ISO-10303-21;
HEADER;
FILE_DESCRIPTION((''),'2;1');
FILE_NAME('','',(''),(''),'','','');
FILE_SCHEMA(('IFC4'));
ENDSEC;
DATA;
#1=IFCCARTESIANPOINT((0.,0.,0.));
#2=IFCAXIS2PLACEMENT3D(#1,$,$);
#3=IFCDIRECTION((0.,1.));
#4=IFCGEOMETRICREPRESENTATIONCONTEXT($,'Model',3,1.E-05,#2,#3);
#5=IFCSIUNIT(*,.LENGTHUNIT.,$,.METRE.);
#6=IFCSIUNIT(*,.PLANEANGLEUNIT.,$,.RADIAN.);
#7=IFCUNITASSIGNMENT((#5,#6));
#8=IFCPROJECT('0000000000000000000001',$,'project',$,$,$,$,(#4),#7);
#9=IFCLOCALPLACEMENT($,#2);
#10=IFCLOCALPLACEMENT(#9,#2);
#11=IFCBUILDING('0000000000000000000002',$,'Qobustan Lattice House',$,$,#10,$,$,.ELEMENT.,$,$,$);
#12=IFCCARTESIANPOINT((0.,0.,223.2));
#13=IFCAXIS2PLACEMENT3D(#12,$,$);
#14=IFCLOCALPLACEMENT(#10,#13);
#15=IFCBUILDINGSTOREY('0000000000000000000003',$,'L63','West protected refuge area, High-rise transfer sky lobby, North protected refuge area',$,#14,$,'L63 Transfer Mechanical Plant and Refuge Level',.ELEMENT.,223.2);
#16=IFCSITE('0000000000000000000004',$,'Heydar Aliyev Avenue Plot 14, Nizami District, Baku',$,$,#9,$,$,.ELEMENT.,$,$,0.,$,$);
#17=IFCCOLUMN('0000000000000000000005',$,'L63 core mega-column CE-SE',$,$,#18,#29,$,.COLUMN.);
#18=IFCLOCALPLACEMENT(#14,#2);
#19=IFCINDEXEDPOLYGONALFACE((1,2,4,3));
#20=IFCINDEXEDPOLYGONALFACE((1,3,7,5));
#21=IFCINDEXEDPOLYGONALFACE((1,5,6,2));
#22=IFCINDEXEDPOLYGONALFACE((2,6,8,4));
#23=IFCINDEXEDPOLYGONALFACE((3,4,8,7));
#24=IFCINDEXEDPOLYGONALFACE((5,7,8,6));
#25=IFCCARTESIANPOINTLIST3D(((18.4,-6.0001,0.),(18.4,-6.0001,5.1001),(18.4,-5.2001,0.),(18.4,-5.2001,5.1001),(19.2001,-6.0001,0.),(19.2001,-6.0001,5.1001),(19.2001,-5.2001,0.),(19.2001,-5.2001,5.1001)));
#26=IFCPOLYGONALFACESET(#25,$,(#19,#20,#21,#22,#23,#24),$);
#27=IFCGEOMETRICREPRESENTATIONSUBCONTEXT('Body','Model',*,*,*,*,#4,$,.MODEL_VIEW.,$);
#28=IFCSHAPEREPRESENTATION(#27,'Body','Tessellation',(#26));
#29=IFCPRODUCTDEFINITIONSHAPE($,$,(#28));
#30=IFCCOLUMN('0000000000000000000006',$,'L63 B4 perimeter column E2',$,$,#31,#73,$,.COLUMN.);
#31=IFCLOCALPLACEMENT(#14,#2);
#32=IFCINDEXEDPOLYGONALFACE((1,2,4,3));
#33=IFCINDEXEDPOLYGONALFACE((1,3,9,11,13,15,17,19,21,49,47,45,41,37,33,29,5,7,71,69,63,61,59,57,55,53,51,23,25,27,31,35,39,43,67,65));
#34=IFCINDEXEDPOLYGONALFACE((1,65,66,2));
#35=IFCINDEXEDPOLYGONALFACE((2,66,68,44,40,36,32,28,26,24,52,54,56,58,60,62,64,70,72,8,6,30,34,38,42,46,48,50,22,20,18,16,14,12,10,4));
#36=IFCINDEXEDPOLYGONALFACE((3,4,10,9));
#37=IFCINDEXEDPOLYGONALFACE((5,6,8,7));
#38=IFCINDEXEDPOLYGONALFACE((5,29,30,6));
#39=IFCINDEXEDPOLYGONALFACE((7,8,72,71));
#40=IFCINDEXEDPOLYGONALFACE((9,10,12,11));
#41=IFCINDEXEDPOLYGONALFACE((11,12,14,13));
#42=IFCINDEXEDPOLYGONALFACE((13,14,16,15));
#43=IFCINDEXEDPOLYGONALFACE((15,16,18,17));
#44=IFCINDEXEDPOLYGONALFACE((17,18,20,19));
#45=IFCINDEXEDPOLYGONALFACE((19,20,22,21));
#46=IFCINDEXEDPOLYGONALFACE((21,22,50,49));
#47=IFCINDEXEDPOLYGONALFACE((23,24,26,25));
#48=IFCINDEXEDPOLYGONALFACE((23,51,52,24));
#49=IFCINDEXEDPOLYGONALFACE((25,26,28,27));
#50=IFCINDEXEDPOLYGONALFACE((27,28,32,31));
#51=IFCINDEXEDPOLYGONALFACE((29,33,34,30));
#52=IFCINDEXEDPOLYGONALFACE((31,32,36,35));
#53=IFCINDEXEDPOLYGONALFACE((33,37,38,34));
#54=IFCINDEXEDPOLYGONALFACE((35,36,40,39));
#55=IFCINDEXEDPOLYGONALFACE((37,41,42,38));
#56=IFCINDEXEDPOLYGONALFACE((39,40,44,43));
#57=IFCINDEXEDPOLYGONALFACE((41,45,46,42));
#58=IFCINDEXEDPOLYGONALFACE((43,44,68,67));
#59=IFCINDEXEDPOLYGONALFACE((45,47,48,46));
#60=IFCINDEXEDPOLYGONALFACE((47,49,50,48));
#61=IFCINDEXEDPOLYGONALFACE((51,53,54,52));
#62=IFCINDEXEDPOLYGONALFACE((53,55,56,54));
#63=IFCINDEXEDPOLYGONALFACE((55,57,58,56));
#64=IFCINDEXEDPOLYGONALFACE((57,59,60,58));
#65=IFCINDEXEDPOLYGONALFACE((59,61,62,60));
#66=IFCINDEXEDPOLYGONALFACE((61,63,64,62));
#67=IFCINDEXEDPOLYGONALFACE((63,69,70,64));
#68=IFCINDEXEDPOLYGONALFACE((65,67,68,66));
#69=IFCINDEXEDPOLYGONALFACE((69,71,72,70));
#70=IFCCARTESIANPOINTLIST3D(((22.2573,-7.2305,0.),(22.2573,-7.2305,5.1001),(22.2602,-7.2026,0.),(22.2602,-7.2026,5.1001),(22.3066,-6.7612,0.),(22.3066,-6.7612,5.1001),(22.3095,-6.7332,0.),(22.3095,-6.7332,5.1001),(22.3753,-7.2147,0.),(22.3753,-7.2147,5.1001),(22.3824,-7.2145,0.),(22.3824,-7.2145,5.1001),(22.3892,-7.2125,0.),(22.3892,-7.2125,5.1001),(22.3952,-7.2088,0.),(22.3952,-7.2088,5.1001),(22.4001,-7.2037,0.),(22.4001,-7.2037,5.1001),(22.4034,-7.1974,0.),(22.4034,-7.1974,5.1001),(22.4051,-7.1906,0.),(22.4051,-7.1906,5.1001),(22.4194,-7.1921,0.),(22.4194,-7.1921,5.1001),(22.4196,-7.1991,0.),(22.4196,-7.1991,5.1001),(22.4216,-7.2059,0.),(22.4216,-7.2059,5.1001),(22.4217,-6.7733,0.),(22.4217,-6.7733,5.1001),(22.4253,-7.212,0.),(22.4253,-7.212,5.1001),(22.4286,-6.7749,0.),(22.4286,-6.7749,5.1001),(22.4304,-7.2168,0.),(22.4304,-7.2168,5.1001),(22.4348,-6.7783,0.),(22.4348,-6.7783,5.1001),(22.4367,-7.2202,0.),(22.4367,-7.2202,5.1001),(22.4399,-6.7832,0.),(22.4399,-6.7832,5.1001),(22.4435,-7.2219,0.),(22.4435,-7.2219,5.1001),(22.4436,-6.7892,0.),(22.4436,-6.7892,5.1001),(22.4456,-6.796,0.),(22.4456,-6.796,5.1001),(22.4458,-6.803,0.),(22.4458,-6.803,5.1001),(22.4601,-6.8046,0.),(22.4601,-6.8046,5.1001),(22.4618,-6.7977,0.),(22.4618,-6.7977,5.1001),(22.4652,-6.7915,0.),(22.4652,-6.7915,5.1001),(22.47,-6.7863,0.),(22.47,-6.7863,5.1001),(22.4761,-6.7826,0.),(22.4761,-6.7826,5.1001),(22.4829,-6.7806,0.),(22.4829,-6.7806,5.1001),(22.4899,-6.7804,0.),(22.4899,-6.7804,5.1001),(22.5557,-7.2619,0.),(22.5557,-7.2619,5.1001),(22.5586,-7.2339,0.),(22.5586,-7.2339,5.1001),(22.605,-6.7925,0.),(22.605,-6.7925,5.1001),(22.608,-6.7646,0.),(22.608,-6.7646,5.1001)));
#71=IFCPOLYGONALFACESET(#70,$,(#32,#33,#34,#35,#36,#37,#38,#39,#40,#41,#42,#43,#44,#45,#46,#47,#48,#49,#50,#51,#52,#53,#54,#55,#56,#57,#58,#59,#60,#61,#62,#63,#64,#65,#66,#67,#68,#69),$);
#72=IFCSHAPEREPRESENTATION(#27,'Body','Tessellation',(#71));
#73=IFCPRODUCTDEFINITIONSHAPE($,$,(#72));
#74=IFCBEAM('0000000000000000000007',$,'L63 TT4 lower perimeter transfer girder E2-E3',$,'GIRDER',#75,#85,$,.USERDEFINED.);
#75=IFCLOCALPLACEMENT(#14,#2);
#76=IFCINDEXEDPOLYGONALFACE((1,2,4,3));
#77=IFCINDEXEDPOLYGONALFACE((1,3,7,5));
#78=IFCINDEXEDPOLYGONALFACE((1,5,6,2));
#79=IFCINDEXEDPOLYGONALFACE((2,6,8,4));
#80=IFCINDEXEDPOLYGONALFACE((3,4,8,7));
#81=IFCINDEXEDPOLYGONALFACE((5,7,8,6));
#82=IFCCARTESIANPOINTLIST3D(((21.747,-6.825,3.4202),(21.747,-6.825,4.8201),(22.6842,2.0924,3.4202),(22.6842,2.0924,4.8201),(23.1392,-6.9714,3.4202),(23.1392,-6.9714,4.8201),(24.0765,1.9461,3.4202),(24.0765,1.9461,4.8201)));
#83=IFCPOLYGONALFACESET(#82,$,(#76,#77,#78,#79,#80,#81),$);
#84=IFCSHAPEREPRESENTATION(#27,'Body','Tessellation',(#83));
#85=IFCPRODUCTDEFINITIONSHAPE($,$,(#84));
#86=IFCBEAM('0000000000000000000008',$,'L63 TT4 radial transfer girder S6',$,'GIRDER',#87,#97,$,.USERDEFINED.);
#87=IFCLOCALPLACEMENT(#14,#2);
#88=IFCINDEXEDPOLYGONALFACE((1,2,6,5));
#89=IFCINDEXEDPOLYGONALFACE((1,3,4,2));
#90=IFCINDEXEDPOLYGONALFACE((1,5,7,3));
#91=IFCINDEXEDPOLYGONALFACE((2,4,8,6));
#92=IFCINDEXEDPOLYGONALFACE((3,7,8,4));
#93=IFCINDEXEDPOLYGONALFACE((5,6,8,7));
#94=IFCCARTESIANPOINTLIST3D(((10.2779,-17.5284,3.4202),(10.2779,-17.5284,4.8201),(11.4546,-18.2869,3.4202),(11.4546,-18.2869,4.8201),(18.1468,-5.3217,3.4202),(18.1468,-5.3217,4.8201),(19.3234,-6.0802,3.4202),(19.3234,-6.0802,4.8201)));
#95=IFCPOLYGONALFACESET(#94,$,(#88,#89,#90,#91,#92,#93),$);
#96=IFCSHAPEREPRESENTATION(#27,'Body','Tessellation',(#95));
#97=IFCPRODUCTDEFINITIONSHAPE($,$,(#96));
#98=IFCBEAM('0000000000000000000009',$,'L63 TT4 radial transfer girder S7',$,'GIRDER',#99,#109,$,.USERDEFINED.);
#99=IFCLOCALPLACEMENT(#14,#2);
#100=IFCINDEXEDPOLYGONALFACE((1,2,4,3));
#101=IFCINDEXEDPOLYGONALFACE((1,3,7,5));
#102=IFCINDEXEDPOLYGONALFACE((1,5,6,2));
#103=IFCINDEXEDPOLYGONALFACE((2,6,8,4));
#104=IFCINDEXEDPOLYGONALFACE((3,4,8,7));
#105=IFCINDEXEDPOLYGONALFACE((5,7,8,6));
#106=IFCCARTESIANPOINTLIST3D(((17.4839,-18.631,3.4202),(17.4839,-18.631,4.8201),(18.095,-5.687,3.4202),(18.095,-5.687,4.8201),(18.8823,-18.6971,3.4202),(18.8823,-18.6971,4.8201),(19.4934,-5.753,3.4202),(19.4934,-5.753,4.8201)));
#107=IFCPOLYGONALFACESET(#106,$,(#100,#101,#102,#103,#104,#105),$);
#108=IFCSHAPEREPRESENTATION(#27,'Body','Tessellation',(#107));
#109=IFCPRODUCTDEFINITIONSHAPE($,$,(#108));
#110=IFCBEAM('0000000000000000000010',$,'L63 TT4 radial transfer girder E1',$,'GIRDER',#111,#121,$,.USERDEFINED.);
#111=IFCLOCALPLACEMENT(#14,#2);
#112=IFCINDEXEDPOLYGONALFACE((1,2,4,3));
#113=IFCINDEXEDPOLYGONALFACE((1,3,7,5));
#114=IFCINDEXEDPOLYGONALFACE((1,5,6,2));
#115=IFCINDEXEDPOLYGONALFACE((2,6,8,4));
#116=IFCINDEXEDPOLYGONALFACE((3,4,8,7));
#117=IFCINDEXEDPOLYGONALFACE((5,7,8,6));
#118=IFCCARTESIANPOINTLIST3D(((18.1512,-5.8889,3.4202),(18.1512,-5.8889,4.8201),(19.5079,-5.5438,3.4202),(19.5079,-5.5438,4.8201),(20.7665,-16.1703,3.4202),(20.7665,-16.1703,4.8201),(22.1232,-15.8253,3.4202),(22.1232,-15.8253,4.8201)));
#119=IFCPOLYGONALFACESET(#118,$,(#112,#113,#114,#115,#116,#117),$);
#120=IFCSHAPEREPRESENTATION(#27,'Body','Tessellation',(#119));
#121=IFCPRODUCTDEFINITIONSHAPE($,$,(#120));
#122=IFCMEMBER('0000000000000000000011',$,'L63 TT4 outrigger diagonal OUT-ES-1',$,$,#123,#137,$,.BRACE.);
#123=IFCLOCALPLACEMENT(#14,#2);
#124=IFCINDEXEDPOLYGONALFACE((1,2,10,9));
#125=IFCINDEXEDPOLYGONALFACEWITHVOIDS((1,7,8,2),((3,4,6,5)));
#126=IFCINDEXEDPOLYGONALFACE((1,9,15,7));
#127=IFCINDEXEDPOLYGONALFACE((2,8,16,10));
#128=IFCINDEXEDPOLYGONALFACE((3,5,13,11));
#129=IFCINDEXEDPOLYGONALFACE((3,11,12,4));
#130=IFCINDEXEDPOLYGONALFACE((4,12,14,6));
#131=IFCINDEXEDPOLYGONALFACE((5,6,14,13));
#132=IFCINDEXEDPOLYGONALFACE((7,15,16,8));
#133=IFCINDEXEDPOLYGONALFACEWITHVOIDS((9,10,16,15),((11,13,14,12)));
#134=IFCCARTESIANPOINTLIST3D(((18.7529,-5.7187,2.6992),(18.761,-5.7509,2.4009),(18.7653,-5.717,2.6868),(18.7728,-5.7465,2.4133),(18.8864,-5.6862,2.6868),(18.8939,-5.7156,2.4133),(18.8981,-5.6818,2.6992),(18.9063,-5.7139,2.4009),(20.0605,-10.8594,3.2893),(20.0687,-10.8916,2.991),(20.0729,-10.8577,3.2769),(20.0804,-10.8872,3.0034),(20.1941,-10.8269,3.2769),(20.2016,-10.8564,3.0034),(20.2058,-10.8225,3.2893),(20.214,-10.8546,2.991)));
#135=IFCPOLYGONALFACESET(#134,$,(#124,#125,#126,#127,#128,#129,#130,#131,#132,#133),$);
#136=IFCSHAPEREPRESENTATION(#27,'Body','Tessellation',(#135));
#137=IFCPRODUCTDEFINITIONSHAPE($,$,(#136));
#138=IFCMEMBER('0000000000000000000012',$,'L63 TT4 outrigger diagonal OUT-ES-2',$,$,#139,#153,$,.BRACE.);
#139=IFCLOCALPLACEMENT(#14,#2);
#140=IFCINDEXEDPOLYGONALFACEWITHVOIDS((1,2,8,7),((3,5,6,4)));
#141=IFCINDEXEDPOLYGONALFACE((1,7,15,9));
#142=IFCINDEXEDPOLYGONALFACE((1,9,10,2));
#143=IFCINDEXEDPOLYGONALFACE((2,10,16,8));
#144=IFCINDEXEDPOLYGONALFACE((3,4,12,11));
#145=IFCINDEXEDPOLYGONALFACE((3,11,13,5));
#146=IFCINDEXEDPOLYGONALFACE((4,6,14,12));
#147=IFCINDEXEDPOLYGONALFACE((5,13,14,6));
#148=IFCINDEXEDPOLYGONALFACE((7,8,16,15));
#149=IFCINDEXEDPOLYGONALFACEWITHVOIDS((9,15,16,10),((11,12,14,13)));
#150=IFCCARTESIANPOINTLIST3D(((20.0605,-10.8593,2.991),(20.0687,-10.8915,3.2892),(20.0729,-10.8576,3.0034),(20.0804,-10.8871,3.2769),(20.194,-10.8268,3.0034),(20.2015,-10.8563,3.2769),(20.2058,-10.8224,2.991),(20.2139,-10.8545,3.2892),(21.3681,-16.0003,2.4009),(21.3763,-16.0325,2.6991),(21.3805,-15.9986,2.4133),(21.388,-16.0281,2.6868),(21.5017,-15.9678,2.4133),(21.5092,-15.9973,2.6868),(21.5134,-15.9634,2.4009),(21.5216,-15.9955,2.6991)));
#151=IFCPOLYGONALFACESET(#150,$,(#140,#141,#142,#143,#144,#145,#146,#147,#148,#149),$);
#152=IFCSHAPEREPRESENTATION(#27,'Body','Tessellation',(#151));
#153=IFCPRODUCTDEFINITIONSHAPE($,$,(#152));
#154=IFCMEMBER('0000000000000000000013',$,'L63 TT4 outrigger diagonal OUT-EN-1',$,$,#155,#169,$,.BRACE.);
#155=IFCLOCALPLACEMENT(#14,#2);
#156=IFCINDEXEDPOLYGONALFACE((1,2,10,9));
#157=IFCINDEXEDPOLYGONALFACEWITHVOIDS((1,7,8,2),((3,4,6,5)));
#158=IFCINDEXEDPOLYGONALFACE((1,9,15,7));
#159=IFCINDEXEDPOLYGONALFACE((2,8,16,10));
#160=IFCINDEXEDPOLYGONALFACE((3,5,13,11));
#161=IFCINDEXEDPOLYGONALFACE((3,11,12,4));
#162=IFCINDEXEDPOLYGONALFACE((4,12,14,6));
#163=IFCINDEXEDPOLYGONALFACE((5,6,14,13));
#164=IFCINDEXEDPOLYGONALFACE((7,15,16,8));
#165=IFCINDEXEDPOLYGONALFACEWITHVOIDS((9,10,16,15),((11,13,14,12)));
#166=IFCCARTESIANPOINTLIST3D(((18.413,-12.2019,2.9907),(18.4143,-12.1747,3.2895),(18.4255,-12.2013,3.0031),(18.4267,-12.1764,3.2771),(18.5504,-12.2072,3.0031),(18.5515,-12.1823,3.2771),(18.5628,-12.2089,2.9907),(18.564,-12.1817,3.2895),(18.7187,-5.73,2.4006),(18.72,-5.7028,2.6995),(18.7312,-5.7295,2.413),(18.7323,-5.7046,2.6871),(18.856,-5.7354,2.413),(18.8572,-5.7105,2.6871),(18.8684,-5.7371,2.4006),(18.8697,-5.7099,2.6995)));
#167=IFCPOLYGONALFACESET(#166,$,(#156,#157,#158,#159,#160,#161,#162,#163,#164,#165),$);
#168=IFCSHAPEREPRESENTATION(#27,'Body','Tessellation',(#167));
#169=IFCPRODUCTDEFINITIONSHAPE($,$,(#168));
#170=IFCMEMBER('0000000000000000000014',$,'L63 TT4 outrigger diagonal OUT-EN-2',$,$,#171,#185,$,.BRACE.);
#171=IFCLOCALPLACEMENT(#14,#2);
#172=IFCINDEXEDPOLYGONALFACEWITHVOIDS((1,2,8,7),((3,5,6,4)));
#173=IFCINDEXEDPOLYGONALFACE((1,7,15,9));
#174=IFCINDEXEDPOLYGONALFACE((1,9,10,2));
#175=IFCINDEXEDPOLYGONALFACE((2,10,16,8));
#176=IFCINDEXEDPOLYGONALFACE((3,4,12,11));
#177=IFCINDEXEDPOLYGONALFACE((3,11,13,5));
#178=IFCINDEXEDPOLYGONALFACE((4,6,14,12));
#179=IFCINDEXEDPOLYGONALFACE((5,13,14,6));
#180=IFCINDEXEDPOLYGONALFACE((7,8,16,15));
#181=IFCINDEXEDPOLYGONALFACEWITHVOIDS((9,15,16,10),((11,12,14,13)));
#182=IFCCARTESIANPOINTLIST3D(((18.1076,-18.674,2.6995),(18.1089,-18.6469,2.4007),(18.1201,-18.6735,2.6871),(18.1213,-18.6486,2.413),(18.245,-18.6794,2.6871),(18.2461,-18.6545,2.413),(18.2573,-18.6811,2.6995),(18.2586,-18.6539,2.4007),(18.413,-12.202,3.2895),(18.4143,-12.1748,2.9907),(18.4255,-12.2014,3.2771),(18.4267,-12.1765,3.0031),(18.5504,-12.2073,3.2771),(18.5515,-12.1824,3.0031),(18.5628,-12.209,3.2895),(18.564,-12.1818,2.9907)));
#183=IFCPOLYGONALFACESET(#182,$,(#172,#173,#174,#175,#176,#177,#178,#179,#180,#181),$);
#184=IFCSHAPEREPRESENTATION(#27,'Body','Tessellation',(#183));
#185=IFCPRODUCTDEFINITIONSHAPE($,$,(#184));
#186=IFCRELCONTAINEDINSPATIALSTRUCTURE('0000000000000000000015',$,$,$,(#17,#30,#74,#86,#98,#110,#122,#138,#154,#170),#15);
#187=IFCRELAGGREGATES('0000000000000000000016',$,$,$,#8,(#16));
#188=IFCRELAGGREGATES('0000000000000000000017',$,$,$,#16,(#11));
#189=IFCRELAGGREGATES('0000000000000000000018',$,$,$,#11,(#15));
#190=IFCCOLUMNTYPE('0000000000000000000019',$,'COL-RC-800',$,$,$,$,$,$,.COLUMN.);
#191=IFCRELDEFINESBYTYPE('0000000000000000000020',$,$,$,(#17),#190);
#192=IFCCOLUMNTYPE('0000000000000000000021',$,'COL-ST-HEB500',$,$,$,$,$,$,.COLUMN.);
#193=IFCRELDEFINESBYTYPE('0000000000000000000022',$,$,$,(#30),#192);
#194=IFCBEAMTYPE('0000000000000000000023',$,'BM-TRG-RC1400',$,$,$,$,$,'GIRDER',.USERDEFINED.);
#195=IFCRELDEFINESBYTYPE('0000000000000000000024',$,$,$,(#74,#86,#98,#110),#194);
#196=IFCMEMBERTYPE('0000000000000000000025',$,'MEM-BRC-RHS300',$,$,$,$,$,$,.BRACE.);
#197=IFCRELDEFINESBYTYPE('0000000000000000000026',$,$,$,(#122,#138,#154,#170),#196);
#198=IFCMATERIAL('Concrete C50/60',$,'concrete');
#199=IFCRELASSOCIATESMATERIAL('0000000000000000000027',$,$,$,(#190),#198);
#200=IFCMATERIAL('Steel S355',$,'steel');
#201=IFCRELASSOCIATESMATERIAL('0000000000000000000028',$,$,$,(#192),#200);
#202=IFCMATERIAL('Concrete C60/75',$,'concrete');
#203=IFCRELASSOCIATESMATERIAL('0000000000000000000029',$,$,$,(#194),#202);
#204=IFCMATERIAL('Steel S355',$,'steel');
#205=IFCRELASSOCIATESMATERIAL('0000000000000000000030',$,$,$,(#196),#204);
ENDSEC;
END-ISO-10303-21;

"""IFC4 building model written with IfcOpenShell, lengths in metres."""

from ifc_helpers import new_model, si_unit, direction, frame, origin, origin_2d, place, context, subcontext, project, spatial, rectangle, hollow_rectangle, i_section, extrude, material, material_profile, profile_set, type_object, element, save


model = new_model("IFC4")

# Units and contexts
model_context = context("Model", 3, precision=1e-05, world=origin(), true_north=direction((0.0, 1.0)))
body_context = subcontext(model_context, "Body", "Model", "MODEL_VIEW")
ifc_project = project(units=[si_unit("LENGTHUNIT", "METRE"), si_unit("PLANEANGLEUNIT", "RADIAN")], contexts=[model_context])

# Site, building, storey
site_placement = place(None, origin())
site = spatial("IfcSite", under=ifc_project, at=site_placement, Name="Heydar Aliyev Avenue Plot 14, Nizami District, Baku", CompositionType="ELEMENT", RefElevation=0.0)
building_placement = place(site_placement, origin())
building = spatial("IfcBuilding", under=site, at=building_placement, Name="Qobustan Lattice House", CompositionType="ELEMENT")
storey_placement = place(building_placement, frame((0.0, 0.0, 223.2)))
storey = spatial("IfcBuildingStorey", under=building, at=storey_placement, Name="L63", Description="West protected refuge area, High-rise transfer sky lobby, North protected refuge area", LongName="L63 Transfer Mechanical Plant and Refuge Level", CompositionType="ELEMENT", Elevation=223.2)

# Columns
ifc_material_1 = material(Name="Concrete C50/60", Category="concrete")
ifc_material_profile_1 = material_profile(ifc_material_1, rectangle(XDim=0.8, YDim=0.8, at=origin_2d()), Name="RC800x800")
ifc_profile_set_1 = profile_set([ifc_material_profile_1], Name="Concrete C50/60")
column_type_1 = type_object("IfcColumnType", Name="COL-RC-800", PredefinedType="COLUMN", material=ifc_profile_set_1)
column_1_placement = place(storey_placement, frame((18.8, -5.6001, 0.0), z_axis=(0.0, 0.0, 1.0), x_axis=(1.0, 0.0, 0.0)))
element("IfcColumn", 1, at=column_1_placement, inside=storey, type_object=column_type_1, Name="L63 core mega-column CE-SE", PredefinedType="COLUMN", context=body_context, shape_type="SweptSolid", body=[
    extrude(rectangle(XDim=0.8, YDim=0.8, at=origin_2d()), origin(), (0.0, 0.0, 1.0), 5.1001),
])
ifc_material_2 = material(Name="Steel S355", Category="steel")
ifc_material_profile_2 = material_profile(ifc_material_2, i_section(OverallWidth=0.3, OverallDepth=0.5, WebThickness=0.0144, FlangeThickness=0.0281, FilletRadius=0.0271, at=origin_2d()), Name="HEB500")
ifc_profile_set_2 = profile_set([ifc_material_profile_2], Name="Steel S355")
column_type_2 = type_object("IfcColumnType", Name="COL-ST-HEB500", PredefinedType="COLUMN", material=ifc_profile_set_2)
column_2_placement = place(storey_placement, frame((22.4326, -6.9976, 0.0), z_axis=(0.0, 0.0, 1.0), x_axis=(0.994522, -0.104528, 0.0)))
element("IfcColumn", 2, at=column_2_placement, inside=storey, type_object=column_type_2, Name="L63 B4 perimeter column E2", PredefinedType="COLUMN", context=body_context, shape_type="SweptSolid", body=[
    extrude(i_section(OverallWidth=0.3, OverallDepth=0.5, WebThickness=0.0144, FlangeThickness=0.0281, FilletRadius=0.0271, at=origin_2d()), origin(), (0.0, 0.0, 1.0), 5.1001),
])

# Beams
ifc_material_3 = material(Name="Concrete C60/75", Category="concrete")
ifc_material_profile_3 = material_profile(ifc_material_3, rectangle(XDim=1.3999, YDim=1.3999, at=origin_2d()), Name="RC1400x1400")
ifc_profile_set_3 = profile_set([ifc_material_profile_3], Name="Concrete C60/75")
beam_type = type_object("IfcBeamType", Name="BM-TRG-RC1400", ElementType="GIRDER", PredefinedType="USERDEFINED", material=ifc_profile_set_3)
beam_1_placement = place(storey_placement, frame((22.4431, -6.8982, 4.1201), z_axis=(0.104527, 0.994522, 0.0), x_axis=(-0.994522, 0.104527, 0.0)))
element("IfcBeam", 3, at=beam_1_placement, inside=storey, type_object=beam_type, Name="L63 TT4 lower perimeter transfer girder E2-E3", ObjectType="GIRDER", PredefinedType="USERDEFINED", context=body_context, shape_type="SweptSolid", body=[
    extrude(rectangle(XDim=1.3999, YDim=1.3999, at=origin_2d()), origin(), (0.0, 0.0, 1.0), 8.9666),
])
beam_2_placement = place(storey_placement, frame((18.7351, -5.7009, 4.1201), z_axis=(-0.541813, -0.840499, 0.0), x_axis=(0.840499, -0.541813, 0.0)))
element("IfcBeam", 4, at=beam_2_placement, inside=storey, type_object=beam_type, Name="L63 TT4 radial transfer girder S6", ObjectType="GIRDER", PredefinedType="USERDEFINED", context=body_context, shape_type="SweptSolid", body=[
    extrude(rectangle(XDim=1.3999, YDim=1.3999, at=origin_2d()), origin(), (0.0, 0.0, 1.0), 14.5232),
])
beam_3_placement = place(storey_placement, frame((18.7942, -5.72, 4.1201), z_axis=(-0.047157, -0.998887, 0.0), x_axis=(0.998887, -0.047157, 0.0)))
element("IfcBeam", 5, at=beam_3_placement, inside=storey, type_object=beam_type, Name="L63 TT4 radial transfer girder S7", ObjectType="GIRDER", PredefinedType="USERDEFINED", context=body_context, shape_type="SweptSolid", body=[
    extrude(rectangle(XDim=1.3999, YDim=1.3999, at=origin_2d()), origin(), (0.0, 0.0, 1.0), 12.9585),
])
beam_4_placement = place(storey_placement, frame((18.8296, -5.7163, 4.1201), z_axis=(0.246513, -0.969139, 0.0), x_axis=(0.969139, 0.246513, 0.0)))
element("IfcBeam", 6, at=beam_4_placement, inside=storey, type_object=beam_type, Name="L63 TT4 radial transfer girder E1", ObjectType="GIRDER", PredefinedType="USERDEFINED", context=body_context, shape_type="SweptSolid", body=[
    extrude(rectangle(XDim=1.3999, YDim=1.3999, at=origin_2d()), origin(), (0.0, 0.0, 1.0), 10.6089),
])

# Members
ifc_material_4 = material(Name="Steel S355", Category="steel")
ifc_material_profile_4 = material_profile(ifc_material_4, hollow_rectangle(XDim=0.1499, YDim=0.3, WallThickness=0.0125, at=origin_2d()), Name="RHS300x150x12.5")
ifc_profile_set_4 = profile_set([ifc_material_profile_4], Name="Steel S355")
member_type_1 = type_object("IfcMemberType", Name="MEM-BRC-RHS300", PredefinedType="BRACE", material=ifc_profile_set_4)
member_1_placement = place(storey_placement, frame((18.8296, -5.7163, 2.55), z_axis=(0.245008, -0.963196, 0.110564), x_axis=(0.969138, 0.246519, 0.0)))
element("IfcMember", 7, at=member_1_placement, inside=storey, type_object=member_type_1, Name="L63 TT4 outrigger diagonal OUT-ES-1", PredefinedType="BRACE", context=body_context, shape_type="SweptSolid", body=[
    extrude(hollow_rectangle(XDim=0.1499, YDim=0.3, WallThickness=0.0125, at=origin_2d()), origin(), (0.0, 0.0, 1.0), 5.3372),
])
member_2_placement = place(storey_placement, frame((20.1372, -10.8569, 3.1401), z_axis=(0.244997, -0.963199, -0.11056), x_axis=(0.969141, 0.246508, 0.0)))
element("IfcMember", 8, at=member_2_placement, inside=storey, type_object=member_type_1, Name="L63 TT4 outrigger diagonal OUT-ES-2", PredefinedType="BRACE", context=body_context, shape_type="SweptSolid", body=[
    extrude(hollow_rectangle(XDim=0.1499, YDim=0.3, WallThickness=0.0125, at=origin_2d()), origin(), (0.0, 0.0, 1.0), 5.3374),
])
member_3_placement = place(storey_placement, frame((18.7942, -5.72, 2.55), z_axis=(-0.046982, -0.994769, 0.0907), x_axis=(0.998887, -0.047177, 0.0)))
element("IfcMember", 9, at=member_3_placement, inside=storey, type_object=member_type_1, Name="L63 TT4 outrigger diagonal OUT-EN-1", PredefinedType="BRACE", context=body_context, shape_type="SweptSolid", body=[
    extrude(hollow_rectangle(XDim=0.1499, YDim=0.3, WallThickness=0.0125, at=origin_2d()), origin(), (0.0, 0.0, 1.0), 6.5059),
])
member_4_placement = place(storey_placement, frame((18.4885, -12.1919, 3.1401), z_axis=(-0.046943, -0.994772, -0.090696), x_axis=(0.998888, -0.047137, 0.0)))
element("IfcMember", 10, at=member_4_placement, inside=storey, type_object=member_type_1, Name="L63 TT4 outrigger diagonal OUT-EN-2", PredefinedType="BRACE", context=body_context, shape_type="SweptSolid", body=[
    extrude(hollow_rectangle(XDim=0.1499, YDim=0.3, WallThickness=0.0125, at=origin_2d()), origin(), (0.0, 0.0, 1.0), 6.5061),
])

save(model, "model.ifc")
